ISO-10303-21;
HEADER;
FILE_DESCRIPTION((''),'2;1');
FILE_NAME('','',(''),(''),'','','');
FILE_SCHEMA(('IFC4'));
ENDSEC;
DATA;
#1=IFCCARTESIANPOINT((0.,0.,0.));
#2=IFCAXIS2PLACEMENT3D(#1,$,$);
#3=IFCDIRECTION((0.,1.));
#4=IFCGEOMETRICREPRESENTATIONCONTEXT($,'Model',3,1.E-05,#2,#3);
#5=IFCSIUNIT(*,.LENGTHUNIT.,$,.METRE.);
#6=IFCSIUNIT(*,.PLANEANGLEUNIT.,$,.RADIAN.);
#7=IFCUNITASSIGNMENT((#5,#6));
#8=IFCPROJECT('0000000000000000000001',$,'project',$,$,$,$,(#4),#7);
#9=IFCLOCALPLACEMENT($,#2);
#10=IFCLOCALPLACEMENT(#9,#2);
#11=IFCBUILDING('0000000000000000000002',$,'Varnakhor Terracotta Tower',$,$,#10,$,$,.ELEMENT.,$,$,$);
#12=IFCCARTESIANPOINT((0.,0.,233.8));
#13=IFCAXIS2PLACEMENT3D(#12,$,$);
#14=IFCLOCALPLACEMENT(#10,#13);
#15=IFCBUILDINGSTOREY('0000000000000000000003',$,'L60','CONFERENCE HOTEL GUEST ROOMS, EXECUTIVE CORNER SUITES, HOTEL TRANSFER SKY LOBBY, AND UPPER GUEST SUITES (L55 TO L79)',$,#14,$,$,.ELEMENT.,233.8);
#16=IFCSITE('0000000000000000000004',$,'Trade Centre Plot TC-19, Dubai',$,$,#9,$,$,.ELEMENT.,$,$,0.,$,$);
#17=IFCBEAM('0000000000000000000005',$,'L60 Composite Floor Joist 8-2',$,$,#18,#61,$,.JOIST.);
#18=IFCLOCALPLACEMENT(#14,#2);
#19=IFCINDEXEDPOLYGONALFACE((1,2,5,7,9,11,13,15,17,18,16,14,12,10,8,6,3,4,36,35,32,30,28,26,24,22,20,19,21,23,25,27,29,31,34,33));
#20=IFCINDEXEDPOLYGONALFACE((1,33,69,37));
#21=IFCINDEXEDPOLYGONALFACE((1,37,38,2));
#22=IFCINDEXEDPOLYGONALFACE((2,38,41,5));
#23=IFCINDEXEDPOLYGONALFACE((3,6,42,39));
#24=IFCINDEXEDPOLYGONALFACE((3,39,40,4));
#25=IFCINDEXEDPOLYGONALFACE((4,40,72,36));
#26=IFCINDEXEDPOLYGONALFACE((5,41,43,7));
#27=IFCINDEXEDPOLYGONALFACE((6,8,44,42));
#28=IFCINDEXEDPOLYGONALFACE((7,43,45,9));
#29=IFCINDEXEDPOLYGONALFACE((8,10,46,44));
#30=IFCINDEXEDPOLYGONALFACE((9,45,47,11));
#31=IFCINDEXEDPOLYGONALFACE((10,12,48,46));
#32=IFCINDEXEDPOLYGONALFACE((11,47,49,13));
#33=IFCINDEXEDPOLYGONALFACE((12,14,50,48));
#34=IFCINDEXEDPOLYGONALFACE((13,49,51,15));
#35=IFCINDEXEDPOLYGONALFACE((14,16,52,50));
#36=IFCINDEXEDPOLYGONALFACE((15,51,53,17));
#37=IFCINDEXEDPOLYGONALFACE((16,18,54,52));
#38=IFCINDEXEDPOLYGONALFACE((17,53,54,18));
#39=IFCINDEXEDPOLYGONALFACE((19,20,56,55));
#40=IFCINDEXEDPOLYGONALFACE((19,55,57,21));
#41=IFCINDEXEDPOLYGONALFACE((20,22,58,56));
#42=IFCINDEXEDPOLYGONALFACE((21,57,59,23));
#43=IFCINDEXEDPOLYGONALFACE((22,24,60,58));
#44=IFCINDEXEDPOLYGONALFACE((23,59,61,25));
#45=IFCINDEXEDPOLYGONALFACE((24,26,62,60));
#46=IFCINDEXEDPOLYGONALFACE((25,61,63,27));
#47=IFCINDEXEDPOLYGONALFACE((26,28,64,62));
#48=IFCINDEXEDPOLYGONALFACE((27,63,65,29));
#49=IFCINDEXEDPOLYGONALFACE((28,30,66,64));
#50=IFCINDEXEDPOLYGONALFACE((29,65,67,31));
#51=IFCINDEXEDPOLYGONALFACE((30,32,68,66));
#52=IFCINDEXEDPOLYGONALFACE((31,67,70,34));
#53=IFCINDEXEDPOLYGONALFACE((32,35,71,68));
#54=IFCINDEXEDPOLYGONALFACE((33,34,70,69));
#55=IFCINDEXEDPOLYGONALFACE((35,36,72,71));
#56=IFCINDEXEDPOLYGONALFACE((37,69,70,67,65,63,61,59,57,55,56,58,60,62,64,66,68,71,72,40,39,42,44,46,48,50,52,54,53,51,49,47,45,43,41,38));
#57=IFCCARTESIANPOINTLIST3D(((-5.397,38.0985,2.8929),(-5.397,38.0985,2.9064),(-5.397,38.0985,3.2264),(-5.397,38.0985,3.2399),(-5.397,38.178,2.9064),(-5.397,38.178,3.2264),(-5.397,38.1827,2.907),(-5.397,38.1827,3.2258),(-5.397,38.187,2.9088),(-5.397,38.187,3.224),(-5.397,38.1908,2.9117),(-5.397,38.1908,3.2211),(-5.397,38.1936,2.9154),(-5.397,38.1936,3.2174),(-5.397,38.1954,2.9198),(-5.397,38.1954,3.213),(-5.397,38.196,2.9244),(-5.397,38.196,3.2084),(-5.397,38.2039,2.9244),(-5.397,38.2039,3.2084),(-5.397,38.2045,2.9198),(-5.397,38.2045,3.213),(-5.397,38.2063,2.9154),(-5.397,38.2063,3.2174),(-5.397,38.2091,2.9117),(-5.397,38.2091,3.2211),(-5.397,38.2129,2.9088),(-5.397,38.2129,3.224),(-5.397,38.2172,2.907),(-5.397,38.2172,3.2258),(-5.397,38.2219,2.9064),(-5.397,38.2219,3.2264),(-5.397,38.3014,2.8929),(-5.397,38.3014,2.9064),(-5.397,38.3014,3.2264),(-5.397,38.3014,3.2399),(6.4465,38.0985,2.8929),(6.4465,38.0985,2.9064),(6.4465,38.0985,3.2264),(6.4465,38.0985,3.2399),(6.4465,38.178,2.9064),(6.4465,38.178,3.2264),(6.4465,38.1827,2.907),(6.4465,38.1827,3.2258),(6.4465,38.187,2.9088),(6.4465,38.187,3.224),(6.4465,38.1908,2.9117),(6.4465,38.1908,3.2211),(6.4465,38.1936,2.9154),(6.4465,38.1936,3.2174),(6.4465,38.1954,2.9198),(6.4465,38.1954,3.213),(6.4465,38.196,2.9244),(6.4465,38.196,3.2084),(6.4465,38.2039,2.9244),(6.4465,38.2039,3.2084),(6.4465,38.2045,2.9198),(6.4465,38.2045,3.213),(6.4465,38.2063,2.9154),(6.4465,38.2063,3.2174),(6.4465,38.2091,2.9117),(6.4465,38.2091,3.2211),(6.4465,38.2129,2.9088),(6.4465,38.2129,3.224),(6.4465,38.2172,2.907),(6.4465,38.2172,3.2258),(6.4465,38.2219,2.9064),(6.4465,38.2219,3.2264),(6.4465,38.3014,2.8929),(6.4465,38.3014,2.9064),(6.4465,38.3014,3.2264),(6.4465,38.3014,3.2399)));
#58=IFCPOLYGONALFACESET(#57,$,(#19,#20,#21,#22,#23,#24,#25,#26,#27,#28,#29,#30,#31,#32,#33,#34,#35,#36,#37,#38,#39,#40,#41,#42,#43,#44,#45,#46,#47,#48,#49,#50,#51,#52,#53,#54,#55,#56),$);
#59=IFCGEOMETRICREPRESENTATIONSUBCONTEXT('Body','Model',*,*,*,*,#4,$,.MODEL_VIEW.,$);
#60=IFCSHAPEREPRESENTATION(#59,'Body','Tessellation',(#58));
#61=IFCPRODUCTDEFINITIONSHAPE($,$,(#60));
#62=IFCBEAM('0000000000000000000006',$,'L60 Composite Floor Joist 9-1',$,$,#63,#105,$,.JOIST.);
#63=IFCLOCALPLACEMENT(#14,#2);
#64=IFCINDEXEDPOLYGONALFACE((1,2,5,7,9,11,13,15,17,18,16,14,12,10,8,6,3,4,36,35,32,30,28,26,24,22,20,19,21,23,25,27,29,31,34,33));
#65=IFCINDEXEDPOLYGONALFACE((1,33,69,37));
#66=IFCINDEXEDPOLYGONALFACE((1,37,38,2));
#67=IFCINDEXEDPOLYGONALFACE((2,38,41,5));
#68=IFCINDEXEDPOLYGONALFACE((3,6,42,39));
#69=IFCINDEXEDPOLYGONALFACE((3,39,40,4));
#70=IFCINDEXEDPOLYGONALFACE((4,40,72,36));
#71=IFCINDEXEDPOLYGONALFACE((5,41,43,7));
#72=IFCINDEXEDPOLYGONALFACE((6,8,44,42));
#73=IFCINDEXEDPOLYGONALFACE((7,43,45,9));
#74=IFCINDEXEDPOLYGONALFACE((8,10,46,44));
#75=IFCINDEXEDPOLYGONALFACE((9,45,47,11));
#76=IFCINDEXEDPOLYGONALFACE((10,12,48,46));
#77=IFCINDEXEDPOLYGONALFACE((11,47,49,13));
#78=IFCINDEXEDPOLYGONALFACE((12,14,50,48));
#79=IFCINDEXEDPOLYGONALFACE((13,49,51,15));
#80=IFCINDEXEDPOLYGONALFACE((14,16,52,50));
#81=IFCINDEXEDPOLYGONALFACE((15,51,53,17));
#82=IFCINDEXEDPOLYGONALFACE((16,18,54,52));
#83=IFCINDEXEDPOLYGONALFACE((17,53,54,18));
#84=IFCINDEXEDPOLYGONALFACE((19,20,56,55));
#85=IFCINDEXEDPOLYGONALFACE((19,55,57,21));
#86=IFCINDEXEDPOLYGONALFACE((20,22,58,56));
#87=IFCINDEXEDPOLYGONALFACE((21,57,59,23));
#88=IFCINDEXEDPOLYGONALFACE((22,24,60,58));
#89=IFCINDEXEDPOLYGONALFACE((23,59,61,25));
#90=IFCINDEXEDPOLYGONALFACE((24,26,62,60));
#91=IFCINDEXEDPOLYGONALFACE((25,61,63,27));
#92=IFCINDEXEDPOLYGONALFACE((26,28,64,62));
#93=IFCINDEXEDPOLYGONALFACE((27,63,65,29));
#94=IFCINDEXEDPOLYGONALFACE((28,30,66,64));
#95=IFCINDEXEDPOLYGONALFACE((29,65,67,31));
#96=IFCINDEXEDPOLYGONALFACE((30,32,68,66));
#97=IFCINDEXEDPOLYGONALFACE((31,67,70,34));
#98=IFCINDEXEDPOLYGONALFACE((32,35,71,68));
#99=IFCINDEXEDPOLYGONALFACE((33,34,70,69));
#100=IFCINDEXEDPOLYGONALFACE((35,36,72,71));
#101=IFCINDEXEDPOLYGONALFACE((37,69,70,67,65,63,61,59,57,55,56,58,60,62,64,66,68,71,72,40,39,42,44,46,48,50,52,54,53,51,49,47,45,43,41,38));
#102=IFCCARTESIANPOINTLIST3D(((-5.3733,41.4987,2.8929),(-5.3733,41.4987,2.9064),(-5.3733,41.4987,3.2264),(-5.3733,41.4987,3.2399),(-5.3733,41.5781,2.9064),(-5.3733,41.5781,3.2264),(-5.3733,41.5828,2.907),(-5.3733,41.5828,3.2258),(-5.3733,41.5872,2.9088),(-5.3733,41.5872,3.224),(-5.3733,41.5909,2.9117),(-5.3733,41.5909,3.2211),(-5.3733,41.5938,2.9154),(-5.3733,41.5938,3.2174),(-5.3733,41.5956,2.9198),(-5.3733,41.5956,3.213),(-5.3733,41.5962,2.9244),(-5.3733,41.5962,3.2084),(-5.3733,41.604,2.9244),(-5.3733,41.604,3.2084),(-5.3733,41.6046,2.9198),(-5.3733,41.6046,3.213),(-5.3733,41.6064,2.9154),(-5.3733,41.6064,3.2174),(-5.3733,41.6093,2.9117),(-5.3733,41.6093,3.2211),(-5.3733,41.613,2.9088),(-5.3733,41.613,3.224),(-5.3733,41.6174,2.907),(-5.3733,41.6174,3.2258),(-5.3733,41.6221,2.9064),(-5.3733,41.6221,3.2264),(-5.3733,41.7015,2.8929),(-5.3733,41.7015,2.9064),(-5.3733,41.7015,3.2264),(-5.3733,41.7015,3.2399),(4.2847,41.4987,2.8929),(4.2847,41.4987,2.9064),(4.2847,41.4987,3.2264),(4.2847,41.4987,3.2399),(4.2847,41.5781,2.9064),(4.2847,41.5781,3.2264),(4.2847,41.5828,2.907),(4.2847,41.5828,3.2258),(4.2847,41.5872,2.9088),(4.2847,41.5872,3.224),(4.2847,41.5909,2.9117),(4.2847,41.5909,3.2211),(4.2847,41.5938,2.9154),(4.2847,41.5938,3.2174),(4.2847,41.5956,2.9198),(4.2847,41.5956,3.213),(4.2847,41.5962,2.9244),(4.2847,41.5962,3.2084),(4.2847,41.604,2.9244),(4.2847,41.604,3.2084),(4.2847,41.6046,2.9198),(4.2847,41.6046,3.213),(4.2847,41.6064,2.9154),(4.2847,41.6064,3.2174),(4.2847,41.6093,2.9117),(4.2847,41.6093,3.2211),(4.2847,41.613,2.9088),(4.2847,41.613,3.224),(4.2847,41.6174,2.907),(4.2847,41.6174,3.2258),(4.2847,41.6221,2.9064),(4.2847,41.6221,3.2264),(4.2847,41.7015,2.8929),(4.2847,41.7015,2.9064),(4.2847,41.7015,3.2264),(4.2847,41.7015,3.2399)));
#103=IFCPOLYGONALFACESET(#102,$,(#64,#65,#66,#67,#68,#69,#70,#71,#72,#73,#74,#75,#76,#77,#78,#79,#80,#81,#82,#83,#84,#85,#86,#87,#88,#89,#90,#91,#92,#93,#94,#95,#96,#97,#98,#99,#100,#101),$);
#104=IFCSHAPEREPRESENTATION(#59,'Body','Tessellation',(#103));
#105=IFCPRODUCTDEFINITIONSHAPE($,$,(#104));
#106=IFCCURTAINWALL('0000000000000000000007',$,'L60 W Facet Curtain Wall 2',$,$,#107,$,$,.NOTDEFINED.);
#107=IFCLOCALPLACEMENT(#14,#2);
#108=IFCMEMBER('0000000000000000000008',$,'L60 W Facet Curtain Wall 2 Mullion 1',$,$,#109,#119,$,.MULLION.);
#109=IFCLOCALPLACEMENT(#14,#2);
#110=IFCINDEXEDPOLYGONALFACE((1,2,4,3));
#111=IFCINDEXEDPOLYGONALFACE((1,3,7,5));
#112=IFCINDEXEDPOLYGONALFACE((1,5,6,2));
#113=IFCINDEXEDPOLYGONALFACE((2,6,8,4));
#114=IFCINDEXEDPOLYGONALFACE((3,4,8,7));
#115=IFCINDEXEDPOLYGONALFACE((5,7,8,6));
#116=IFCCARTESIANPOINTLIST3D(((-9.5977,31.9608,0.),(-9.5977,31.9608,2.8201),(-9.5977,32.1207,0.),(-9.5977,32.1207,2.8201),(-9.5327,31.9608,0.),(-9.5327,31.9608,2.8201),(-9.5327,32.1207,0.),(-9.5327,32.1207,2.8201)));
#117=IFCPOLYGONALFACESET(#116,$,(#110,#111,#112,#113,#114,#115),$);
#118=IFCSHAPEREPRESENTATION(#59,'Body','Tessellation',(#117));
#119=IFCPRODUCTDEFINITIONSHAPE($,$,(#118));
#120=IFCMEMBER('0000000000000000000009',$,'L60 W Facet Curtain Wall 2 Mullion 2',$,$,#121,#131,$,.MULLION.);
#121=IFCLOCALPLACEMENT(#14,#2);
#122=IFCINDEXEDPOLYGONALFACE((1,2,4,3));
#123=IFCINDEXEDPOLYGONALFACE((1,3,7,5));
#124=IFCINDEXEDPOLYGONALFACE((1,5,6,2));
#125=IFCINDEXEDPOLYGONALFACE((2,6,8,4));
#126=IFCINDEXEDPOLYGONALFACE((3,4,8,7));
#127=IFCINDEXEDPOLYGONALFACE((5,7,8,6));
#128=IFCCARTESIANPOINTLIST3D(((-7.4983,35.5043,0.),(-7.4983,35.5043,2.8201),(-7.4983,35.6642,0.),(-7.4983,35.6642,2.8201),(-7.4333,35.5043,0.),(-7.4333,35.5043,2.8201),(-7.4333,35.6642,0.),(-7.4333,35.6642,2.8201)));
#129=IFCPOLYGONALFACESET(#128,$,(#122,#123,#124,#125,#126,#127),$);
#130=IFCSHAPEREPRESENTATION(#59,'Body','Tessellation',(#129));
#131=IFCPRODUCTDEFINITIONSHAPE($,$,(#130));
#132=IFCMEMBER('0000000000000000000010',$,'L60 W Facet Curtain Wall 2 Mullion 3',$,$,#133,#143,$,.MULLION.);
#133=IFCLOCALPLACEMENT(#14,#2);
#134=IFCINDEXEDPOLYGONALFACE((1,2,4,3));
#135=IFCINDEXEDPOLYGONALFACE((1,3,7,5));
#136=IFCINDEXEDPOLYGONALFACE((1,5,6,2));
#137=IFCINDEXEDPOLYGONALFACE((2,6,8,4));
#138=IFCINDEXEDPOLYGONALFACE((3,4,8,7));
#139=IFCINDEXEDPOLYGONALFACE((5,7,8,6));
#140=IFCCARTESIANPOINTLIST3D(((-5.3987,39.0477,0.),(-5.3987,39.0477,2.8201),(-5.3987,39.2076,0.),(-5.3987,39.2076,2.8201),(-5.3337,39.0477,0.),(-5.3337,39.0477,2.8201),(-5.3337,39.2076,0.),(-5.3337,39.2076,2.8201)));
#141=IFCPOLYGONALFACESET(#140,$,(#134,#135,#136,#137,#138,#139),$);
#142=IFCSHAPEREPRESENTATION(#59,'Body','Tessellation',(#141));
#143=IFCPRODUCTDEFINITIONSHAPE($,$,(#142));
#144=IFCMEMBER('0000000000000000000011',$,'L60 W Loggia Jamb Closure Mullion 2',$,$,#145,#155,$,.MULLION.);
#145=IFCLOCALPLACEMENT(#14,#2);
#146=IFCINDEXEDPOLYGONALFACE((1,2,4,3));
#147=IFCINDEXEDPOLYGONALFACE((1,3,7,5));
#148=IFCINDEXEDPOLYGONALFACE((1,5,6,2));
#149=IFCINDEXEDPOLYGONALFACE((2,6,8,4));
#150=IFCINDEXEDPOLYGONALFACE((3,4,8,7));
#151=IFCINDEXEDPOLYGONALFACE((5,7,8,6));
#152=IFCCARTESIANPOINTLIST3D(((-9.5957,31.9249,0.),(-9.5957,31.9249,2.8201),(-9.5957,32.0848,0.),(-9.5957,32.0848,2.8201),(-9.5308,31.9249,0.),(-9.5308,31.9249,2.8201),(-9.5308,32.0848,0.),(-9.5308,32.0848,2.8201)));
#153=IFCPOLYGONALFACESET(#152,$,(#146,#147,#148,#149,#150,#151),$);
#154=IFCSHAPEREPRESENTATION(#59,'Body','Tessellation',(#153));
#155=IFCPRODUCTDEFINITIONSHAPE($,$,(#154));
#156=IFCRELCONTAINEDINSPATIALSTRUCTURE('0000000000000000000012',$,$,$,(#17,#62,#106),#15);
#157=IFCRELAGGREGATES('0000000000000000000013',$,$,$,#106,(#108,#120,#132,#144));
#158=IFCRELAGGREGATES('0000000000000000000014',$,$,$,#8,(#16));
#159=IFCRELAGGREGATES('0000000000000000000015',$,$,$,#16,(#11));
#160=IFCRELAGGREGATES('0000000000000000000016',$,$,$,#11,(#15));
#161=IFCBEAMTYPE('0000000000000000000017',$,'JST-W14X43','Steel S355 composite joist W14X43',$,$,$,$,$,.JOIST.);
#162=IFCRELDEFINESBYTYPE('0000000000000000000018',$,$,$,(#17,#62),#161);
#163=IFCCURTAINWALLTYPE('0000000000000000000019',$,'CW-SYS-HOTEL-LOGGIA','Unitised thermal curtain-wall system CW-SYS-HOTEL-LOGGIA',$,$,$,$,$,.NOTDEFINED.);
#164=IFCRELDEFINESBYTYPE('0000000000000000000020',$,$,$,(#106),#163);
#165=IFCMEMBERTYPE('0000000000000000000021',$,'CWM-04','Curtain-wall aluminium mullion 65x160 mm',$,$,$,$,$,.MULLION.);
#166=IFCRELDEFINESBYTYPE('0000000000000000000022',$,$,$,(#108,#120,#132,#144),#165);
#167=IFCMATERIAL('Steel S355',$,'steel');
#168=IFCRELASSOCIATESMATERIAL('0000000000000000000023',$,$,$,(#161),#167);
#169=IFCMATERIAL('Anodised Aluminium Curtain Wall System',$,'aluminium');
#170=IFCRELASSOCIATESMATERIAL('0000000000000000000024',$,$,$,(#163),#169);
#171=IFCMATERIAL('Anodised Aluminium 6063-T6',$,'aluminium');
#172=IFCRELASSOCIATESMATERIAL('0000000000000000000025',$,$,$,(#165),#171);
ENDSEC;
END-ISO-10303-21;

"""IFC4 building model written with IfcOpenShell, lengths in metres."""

from ifc_helpers import new_model, si_unit, direction, frame, origin, origin_2d, place, context, subcontext, project, spatial, rectangle, i_section, extrude, source, transform, mapped, material, material_profile, profile_set, type_object, type_shapes, element, aggregate, save


model = new_model("IFC4")

# Units and contexts
model_context = context("Model", 3, precision=1e-05, world=origin(), true_north=direction((0.0, 1.0)))
body_context = subcontext(model_context, "Body", "Model", "MODEL_VIEW")
ifc_project = project(units=[si_unit("LENGTHUNIT", "METRE"), si_unit("PLANEANGLEUNIT", "RADIAN")], contexts=[model_context])

# Site, building, storey
site_placement = place(None, origin())
site = spatial("IfcSite", under=ifc_project, at=site_placement, Name="Trade Centre Plot TC-19, Dubai", CompositionType="ELEMENT", RefElevation=0.0)
building_placement = place(site_placement, origin())
building = spatial("IfcBuilding", under=site, at=building_placement, Name="Varnakhor Terracotta Tower", CompositionType="ELEMENT")
storey_placement = place(building_placement, frame((0.0, 0.0, 233.8)))
storey = spatial("IfcBuildingStorey", under=building, at=storey_placement, Name="L60", Description="CONFERENCE HOTEL GUEST ROOMS, EXECUTIVE CORNER SUITES, HOTEL TRANSFER SKY LOBBY, AND UPPER GUEST SUITES (L55 TO L79)", CompositionType="ELEMENT", Elevation=233.8)

# Beams
ifc_material_1 = material(Name="Steel S355", Category="steel")
ifc_material_profile_1 = material_profile(ifc_material_1, i_section(OverallWidth=0.2029, OverallDepth=0.3469, WebThickness=0.0078, FlangeThickness=0.0134, FilletRadius=0.0181, at=origin_2d()), Name="W14X43")
ifc_profile_set_1 = profile_set([ifc_material_profile_1], Name="Steel S355")
beam_type_1 = type_object("IfcBeamType", Name="JST-W14X43", Description="Steel S355 composite joist W14X43", PredefinedType="JOIST", material=ifc_profile_set_1)
shared_shape_1 = source(origin(), body_context, "Body", "SweptSolid", [
    extrude(i_section(OverallWidth=0.2029, OverallDepth=0.3469, WebThickness=0.0078, FlangeThickness=0.0134, FilletRadius=0.0181, at=origin_2d()), origin(), (0.0, 0.0, 1.0), 11.8435),
])
beam_1_placement = place(storey_placement, frame((-5.397, 38.2, 3.0664), z_axis=(1.0, 0.0, 0.0), x_axis=(0.0, 1.0, 0.0)))
element("IfcBeam", 1, at=beam_1_placement, inside=storey, type_object=beam_type_1, Name="L60 Composite Floor Joist 8-2", PredefinedType="JOIST", context=body_context, shape_type="MappedRepresentation", body=[
    mapped(shared_shape_1, transform((0.0, 0.0, 0.0), scale=1.0)),
])
shared_shape_2 = source(origin(), body_context, "Body", "SweptSolid", [
    extrude(i_section(OverallWidth=0.2029, OverallDepth=0.3469, WebThickness=0.0078, FlangeThickness=0.0134, FilletRadius=0.0181, at=origin_2d()), origin(), (0.0, 0.0, 1.0), 9.658),
])
beam_2_placement = place(storey_placement, frame((-5.3733, 41.6001, 3.0664), z_axis=(1.0, 0.0, 0.0), x_axis=(0.0, 1.0, 0.0)))
element("IfcBeam", 2, at=beam_2_placement, inside=storey, type_object=beam_type_1, Name="L60 Composite Floor Joist 9-1", PredefinedType="JOIST", context=body_context, shape_type="MappedRepresentation", body=[
    mapped(shared_shape_2, transform((0.0, 0.0, 0.0), scale=1.0)),
])

# Curtain wall, members
ifc_material_2 = material(Name="Anodised Aluminium Curtain Wall System", Category="aluminium")
curtain_wall_type = type_object("IfcCurtainWallType", Name="CW-SYS-HOTEL-LOGGIA", Description="Unitised thermal curtain-wall system CW-SYS-HOTEL-LOGGIA", PredefinedType="NOTDEFINED", material=ifc_material_2)
curtain_wall_placement = place(storey_placement, origin())
curtain_wall = element("IfcCurtainWall", 3, at=curtain_wall_placement, inside=storey, type_object=curtain_wall_type, Name="L60 W Facet Curtain Wall 2", PredefinedType="NOTDEFINED")
ifc_material_3 = material(Name="Anodised Aluminium 6063-T6", Category="aluminium")
ifc_material_profile_2 = material_profile(ifc_material_3, rectangle(XDim=0.0649, YDim=0.1599, at=origin_2d()), Name="ALU MULLION 65x160")
ifc_profile_set_2 = profile_set([ifc_material_profile_2], Name="Anodised Aluminium 6063-T6")
member_type_1 = type_object("IfcMemberType", Name="CWM-04", Description="Curtain-wall aluminium mullion 65x160 mm", PredefinedType="MULLION", material=ifc_profile_set_2)
shared_shape_3 = source(origin(), body_context, "Body", "SweptSolid", [
    extrude(rectangle(XDim=0.0649, YDim=0.1599, at=origin_2d()), origin(), (0.0, 0.0, 1.0), 2.8201),
])
type_shapes(member_type_1, [shared_shape_3])
member_1_placement = place(storey_placement, frame((-9.5652, 32.0408, 0.0), z_axis=(0.0, 0.0, 1.0), x_axis=(1.0, 0.0, 0.0)))
member_1 = element("IfcMember", 4, at=member_1_placement, type_object=member_type_1, Name="L60 W Facet Curtain Wall 2 Mullion 1", PredefinedType="MULLION", context=body_context, shape_type="MappedRepresentation", body=[
    mapped(shared_shape_3, transform((0.0, 0.0, 0.0), scale=1.0)),
])
member_2_placement = place(storey_placement, frame((-7.4658, 35.5842, 0.0), z_axis=(0.0, 0.0, 1.0), x_axis=(1.0, 0.0, 0.0)))
member_2 = element("IfcMember", 5, at=member_2_placement, type_object=member_type_1, Name="L60 W Facet Curtain Wall 2 Mullion 2", PredefinedType="MULLION", context=body_context, shape_type="MappedRepresentation", body=[
    mapped(shared_shape_3, transform((0.0, 0.0, 0.0), scale=1.0)),
])
member_3_placement = place(storey_placement, frame((-5.3662, 39.1277, 0.0), z_axis=(0.0, 0.0, 1.0), x_axis=(1.0, 0.0, 0.0)))
member_3 = element("IfcMember", 6, at=member_3_placement, type_object=member_type_1, Name="L60 W Facet Curtain Wall 2 Mullion 3", PredefinedType="MULLION", context=body_context, shape_type="MappedRepresentation", body=[
    mapped(shared_shape_3, transform((0.0, 0.0, 0.0), scale=1.0)),
])
member_4_placement = place(storey_placement, frame((-9.5632, 32.0049, 0.0), z_axis=(0.0, 0.0, 1.0), x_axis=(1.0, 0.0, 0.0)))
member_4 = element("IfcMember", 7, at=member_4_placement, type_object=member_type_1, Name="L60 W Loggia Jamb Closure Mullion 2", PredefinedType="MULLION", context=body_context, shape_type="MappedRepresentation", body=[
    mapped(shared_shape_3, transform((0.0, 0.0, 0.0), scale=1.0)),
])

aggregate(curtain_wall, [member_1, member_2, member_3, member_4])

save(model, "model.ifc")
